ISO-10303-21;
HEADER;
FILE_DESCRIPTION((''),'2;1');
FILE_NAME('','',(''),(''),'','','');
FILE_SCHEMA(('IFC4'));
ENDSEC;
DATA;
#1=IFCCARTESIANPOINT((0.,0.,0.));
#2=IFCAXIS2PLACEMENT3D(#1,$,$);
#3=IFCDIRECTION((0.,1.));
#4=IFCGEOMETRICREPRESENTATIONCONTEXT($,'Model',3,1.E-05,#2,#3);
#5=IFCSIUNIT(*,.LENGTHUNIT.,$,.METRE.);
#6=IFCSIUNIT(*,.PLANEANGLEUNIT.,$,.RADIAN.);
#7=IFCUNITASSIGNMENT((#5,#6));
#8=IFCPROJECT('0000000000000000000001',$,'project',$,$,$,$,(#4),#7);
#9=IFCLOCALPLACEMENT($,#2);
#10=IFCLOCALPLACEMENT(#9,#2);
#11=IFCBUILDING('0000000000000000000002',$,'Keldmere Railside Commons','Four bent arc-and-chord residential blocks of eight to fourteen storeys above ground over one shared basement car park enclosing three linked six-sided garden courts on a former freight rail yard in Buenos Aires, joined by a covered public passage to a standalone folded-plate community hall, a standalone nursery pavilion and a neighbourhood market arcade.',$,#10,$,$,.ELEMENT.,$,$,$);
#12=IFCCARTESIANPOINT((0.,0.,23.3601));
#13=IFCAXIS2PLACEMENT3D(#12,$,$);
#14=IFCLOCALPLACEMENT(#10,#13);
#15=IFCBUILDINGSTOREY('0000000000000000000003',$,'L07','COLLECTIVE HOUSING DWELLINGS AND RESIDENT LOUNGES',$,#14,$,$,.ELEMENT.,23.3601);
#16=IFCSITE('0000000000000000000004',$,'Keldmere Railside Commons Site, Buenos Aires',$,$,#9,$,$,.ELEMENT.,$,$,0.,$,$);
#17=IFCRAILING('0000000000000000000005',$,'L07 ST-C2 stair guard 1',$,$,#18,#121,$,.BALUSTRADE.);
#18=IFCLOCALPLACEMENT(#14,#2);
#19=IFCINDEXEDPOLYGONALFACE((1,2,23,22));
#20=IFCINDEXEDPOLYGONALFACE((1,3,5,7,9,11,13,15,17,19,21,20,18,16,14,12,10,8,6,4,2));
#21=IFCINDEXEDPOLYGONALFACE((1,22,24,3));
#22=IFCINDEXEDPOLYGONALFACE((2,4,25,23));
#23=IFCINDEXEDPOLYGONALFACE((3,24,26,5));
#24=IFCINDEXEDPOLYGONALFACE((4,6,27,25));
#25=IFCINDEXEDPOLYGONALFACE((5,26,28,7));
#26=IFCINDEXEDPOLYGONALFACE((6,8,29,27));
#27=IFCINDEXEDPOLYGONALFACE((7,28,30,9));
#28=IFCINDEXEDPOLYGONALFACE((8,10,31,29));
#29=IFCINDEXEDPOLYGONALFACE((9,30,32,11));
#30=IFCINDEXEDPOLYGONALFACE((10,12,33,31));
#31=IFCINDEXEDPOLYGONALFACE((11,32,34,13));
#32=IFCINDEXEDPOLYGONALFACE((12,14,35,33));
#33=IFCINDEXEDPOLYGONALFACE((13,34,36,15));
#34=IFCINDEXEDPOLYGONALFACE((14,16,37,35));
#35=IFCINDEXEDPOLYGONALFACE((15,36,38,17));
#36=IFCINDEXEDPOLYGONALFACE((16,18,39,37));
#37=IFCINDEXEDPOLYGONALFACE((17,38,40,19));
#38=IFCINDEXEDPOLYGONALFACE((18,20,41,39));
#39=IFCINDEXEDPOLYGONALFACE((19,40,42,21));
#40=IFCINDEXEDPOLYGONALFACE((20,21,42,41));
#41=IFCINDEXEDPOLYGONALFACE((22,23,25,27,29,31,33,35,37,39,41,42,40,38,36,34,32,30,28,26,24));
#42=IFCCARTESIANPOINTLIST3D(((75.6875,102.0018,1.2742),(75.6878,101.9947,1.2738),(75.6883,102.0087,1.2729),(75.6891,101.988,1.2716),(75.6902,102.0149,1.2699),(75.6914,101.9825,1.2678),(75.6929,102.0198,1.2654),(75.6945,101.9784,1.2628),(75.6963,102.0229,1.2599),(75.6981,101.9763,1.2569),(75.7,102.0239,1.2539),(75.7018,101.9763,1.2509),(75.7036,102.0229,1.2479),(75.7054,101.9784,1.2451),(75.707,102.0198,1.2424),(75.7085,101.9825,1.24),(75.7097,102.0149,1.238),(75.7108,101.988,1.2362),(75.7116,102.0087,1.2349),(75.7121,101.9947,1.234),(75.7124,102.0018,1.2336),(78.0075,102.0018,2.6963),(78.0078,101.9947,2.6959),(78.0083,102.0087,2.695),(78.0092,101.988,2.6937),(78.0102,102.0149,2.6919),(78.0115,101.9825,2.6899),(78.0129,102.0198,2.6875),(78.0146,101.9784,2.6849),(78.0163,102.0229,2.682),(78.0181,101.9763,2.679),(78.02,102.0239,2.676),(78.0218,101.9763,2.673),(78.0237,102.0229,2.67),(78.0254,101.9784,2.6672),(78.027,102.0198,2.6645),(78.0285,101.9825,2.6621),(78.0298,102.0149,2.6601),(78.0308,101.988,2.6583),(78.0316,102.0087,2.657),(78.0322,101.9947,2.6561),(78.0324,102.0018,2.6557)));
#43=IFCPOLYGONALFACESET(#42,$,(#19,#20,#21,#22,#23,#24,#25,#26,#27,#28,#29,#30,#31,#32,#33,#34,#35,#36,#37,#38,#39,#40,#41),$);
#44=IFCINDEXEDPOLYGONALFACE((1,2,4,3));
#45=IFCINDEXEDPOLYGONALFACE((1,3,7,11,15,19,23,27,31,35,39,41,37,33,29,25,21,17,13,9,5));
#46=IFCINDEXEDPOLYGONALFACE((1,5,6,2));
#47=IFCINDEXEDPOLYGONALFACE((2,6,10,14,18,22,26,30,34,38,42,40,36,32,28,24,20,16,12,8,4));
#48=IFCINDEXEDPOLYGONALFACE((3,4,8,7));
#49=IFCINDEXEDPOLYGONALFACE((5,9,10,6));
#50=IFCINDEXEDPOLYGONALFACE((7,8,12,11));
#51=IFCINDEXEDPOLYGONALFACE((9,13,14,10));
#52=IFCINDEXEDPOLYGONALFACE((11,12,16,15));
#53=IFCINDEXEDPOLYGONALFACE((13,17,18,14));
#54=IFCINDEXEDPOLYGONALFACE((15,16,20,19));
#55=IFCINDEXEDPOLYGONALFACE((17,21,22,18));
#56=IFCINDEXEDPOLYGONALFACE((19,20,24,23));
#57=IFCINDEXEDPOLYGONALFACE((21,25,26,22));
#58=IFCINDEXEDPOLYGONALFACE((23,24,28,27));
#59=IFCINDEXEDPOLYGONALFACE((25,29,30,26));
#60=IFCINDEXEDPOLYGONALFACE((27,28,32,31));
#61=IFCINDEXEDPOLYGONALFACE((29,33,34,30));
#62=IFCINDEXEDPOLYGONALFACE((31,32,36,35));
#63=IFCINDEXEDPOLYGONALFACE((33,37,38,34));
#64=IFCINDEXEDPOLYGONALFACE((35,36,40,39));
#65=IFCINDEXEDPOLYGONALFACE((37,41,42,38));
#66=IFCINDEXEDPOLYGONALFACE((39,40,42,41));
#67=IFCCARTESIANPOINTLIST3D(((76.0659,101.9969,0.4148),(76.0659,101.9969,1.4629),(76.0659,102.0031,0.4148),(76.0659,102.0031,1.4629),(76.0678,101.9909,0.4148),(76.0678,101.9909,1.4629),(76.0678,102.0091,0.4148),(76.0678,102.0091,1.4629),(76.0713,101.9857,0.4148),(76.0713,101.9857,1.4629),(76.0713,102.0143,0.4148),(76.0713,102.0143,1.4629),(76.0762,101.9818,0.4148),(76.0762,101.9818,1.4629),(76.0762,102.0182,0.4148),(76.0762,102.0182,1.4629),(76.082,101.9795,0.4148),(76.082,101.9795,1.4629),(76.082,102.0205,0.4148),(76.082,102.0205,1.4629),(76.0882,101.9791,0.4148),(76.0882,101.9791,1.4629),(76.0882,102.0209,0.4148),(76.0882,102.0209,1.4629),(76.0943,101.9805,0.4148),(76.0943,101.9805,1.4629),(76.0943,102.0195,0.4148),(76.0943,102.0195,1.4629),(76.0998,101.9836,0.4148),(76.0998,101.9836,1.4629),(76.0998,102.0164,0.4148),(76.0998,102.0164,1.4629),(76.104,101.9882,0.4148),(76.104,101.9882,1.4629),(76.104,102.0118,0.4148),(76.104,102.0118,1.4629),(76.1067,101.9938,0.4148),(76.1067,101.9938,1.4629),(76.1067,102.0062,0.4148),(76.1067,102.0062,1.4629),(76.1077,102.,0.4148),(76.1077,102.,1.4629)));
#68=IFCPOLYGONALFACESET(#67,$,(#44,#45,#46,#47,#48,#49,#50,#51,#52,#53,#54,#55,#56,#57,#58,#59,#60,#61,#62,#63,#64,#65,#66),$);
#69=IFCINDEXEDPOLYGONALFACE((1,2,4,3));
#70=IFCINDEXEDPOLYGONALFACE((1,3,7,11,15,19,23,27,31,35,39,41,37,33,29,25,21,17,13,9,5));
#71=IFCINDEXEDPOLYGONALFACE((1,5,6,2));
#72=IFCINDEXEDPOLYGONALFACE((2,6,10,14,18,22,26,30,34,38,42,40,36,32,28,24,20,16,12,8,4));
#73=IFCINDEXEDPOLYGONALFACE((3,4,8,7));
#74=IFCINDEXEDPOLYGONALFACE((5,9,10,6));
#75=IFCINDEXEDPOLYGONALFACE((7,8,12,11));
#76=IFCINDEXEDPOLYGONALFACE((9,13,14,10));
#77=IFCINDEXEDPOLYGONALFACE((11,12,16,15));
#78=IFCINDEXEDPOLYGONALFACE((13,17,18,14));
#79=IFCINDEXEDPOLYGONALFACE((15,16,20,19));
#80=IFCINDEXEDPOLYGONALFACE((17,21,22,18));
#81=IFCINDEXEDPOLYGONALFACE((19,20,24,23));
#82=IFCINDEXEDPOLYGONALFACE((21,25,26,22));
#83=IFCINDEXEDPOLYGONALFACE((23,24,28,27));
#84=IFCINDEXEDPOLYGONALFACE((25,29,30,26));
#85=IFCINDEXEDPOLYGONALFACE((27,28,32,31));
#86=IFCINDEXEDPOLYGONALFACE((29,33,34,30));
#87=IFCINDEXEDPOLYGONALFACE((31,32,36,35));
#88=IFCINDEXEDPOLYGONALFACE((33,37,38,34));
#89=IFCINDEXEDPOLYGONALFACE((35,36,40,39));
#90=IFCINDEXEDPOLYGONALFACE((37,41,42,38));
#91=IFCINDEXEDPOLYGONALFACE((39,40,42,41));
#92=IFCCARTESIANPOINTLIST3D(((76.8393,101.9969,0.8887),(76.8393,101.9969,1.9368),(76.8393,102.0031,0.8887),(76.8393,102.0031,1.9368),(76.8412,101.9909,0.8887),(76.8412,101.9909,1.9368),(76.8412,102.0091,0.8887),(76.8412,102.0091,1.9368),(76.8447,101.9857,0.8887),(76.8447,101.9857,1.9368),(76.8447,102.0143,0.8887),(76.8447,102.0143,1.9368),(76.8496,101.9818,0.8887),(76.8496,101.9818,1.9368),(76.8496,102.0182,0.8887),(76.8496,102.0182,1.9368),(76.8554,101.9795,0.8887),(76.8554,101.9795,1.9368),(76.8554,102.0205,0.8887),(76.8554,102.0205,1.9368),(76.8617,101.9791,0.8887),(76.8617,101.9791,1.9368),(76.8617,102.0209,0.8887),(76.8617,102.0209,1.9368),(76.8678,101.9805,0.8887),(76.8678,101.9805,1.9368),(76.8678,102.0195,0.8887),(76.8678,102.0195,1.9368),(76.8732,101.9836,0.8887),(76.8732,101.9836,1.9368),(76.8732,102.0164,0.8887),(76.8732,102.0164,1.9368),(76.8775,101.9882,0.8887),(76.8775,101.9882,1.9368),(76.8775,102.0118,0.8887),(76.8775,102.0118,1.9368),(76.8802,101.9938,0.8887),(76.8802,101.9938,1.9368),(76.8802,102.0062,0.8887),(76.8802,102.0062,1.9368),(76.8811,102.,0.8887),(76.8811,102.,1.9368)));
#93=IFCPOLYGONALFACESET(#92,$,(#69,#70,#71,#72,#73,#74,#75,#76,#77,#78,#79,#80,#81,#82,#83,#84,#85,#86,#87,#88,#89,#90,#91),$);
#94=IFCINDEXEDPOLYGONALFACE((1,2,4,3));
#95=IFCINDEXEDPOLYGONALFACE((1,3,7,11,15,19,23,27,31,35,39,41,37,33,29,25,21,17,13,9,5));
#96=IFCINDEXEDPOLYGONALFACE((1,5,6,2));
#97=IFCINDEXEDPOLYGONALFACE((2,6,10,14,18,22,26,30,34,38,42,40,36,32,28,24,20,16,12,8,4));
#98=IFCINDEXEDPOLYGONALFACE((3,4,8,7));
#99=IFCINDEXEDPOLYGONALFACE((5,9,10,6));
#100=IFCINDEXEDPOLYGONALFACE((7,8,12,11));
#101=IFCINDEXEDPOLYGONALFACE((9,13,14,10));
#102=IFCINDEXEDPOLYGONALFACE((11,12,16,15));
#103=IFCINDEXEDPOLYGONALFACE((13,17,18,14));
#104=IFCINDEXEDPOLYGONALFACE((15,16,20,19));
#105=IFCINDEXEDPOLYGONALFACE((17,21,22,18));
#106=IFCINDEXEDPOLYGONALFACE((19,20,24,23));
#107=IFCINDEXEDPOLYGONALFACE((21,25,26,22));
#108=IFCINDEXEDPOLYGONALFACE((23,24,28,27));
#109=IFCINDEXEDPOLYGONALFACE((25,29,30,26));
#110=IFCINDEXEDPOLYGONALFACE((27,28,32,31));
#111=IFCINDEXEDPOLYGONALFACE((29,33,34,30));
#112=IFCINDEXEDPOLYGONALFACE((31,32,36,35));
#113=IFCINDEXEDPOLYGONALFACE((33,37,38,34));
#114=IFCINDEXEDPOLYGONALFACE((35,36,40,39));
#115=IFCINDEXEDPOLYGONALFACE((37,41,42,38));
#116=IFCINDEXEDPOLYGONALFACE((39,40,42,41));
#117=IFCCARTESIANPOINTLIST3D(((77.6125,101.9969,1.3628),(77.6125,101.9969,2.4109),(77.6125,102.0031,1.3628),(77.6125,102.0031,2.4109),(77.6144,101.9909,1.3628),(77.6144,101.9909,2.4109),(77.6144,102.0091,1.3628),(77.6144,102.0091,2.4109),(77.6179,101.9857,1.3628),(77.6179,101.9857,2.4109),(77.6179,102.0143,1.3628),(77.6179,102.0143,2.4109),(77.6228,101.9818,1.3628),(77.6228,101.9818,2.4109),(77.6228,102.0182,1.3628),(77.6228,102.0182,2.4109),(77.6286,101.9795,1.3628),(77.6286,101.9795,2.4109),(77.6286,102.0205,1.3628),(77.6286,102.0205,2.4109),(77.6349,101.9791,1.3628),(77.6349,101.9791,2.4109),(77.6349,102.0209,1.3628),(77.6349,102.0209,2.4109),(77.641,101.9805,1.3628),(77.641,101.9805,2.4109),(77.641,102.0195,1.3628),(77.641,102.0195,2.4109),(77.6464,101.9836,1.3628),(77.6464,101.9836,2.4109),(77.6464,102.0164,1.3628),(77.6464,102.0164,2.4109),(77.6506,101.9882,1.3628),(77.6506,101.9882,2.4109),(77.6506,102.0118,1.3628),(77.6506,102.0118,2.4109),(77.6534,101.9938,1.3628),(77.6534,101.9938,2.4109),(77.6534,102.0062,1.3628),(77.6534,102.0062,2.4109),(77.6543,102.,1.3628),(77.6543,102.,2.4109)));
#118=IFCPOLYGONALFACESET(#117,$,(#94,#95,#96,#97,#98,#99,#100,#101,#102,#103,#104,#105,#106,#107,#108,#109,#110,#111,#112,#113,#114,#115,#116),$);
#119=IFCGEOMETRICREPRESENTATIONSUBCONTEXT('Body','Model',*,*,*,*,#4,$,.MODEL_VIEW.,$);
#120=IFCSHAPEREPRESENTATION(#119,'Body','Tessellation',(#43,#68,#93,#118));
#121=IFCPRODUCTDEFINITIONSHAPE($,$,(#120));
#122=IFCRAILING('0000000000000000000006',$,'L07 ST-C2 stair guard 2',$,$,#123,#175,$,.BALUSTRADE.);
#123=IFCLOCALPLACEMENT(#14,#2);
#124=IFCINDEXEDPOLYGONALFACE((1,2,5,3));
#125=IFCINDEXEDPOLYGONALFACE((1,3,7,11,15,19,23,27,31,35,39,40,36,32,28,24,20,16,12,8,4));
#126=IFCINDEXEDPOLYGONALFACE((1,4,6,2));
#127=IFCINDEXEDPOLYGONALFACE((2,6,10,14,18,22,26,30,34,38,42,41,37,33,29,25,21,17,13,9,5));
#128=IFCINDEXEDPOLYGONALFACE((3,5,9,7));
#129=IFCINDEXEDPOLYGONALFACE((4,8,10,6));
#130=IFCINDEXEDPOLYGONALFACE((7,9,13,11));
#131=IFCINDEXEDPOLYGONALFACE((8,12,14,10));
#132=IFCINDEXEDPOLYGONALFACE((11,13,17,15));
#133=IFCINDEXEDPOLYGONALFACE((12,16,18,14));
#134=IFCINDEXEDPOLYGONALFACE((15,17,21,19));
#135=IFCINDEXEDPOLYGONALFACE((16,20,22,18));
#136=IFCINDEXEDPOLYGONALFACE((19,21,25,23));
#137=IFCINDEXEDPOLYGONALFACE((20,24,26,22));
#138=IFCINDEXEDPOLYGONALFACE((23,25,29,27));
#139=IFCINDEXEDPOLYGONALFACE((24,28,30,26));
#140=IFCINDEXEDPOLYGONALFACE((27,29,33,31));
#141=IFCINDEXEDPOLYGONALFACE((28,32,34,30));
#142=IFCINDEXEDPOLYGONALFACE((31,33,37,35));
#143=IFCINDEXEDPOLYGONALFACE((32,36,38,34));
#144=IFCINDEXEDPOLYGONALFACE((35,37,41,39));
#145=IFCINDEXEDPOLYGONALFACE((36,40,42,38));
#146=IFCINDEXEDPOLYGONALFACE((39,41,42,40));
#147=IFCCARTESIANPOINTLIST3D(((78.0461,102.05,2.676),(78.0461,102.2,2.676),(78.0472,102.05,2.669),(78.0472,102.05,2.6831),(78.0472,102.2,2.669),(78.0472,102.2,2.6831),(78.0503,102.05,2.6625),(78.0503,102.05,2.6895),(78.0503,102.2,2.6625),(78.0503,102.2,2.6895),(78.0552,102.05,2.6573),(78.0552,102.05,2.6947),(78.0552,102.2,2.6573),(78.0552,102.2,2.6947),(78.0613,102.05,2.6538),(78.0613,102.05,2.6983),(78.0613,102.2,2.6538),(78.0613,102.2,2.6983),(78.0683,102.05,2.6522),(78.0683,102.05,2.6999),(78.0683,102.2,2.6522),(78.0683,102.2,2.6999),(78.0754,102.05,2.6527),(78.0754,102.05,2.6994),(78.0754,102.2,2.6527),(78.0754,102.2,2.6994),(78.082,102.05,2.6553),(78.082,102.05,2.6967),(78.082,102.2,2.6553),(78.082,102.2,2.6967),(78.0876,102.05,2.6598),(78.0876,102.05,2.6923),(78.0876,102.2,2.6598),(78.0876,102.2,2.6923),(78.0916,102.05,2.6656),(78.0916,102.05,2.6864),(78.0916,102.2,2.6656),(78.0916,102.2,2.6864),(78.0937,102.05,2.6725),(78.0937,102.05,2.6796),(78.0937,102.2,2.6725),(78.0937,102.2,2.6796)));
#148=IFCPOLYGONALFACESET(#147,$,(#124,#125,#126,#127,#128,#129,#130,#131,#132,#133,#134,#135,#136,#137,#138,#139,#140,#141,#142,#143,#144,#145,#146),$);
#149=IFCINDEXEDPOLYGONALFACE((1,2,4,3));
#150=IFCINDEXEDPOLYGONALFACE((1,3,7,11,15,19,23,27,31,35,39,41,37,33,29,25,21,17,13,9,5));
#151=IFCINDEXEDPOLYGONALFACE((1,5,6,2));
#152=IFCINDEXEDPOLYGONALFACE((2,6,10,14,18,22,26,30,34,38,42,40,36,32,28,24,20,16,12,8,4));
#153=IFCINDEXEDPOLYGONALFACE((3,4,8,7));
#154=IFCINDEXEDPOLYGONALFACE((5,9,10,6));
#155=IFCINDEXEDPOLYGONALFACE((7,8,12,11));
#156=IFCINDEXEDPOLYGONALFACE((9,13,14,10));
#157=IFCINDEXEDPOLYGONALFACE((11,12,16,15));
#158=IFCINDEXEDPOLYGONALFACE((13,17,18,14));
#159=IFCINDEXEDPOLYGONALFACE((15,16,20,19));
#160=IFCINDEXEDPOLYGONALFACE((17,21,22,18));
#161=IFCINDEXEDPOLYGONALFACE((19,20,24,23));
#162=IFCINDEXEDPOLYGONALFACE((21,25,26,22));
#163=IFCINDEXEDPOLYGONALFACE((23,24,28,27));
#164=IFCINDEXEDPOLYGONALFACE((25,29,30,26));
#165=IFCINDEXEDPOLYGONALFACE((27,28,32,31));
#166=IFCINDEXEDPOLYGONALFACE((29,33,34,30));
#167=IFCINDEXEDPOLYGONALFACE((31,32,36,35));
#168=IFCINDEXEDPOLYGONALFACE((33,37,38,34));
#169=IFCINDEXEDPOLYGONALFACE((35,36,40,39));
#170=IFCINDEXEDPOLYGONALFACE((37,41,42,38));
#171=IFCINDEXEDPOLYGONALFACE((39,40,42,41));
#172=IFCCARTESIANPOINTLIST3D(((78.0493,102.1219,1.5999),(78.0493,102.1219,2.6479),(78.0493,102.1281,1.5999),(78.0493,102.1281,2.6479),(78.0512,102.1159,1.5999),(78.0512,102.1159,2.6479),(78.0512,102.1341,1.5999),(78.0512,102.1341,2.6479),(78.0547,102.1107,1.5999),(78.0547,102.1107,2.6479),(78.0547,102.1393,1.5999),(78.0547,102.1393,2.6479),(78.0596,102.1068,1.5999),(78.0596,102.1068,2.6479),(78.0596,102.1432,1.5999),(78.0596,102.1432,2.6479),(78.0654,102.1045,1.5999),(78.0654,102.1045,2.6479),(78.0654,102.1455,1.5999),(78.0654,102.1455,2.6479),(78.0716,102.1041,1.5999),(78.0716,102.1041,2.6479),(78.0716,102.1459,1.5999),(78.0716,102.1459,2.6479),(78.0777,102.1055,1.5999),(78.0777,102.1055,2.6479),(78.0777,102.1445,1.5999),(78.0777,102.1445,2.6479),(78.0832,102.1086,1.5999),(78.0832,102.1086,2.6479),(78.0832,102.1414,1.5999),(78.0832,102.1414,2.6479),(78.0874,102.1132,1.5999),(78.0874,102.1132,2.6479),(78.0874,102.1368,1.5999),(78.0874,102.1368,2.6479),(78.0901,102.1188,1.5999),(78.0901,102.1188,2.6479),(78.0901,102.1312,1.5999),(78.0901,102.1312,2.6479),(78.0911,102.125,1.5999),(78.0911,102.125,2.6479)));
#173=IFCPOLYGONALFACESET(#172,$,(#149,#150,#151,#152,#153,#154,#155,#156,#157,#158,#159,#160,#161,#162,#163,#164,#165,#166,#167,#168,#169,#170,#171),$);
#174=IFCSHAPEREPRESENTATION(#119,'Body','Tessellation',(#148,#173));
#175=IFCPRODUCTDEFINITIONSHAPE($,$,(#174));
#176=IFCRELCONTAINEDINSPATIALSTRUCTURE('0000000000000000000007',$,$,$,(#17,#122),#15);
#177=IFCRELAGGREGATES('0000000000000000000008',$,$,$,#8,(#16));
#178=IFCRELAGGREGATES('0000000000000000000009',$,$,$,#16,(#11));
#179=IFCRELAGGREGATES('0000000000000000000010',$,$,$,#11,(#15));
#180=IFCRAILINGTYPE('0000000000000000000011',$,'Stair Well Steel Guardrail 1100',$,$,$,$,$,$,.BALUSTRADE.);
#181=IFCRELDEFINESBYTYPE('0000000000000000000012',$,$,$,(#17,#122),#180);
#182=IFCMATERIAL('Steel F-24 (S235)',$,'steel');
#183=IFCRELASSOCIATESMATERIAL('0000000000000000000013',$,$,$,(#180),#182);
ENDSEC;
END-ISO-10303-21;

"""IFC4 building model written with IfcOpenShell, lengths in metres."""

from ifc_helpers import new_model, si_unit, direction, frame, origin, origin_2d, place, context, subcontext, project, spatial, circle, extrude, material, type_object, element, save


model = new_model("IFC4")

# Units and contexts
model_context = context("Model", 3, precision=1e-05, world=origin(), true_north=direction((0.0, 1.0)))
body_context = subcontext(model_context, "Body", "Model", "MODEL_VIEW")
ifc_project = project(units=[si_unit("LENGTHUNIT", "METRE"), si_unit("PLANEANGLEUNIT", "RADIAN")], contexts=[model_context])

# Site, building, storey
site_placement = place(None, origin())
site = spatial("IfcSite", under=ifc_project, at=site_placement, Name="Keldmere Railside Commons Site, Buenos Aires", CompositionType="ELEMENT", RefElevation=0.0)
building_placement = place(site_placement, origin())
building = spatial("IfcBuilding", under=site, at=building_placement, Name="Keldmere Railside Commons", Description="Four bent arc-and-chord residential blocks of eight to fourteen storeys above ground over one shared basement car park enclosing three linked six-sided garden courts on a former freight rail yard in Buenos Aires, joined by a covered public passage to a standalone folded-plate community hall, a standalone nursery pavilion and a neighbourhood market arcade.", CompositionType="ELEMENT")
storey_placement = place(building_placement, frame((0.0, 0.0, 23.3601)))
storey = spatial("IfcBuildingStorey", under=building, at=storey_placement, Name="L07", Description="COLLECTIVE HOUSING DWELLINGS AND RESIDENT LOUNGES", CompositionType="ELEMENT", Elevation=23.3601)

# Shared definitions
ifc_material_1 = material(Name="Steel F-24 (S235)", Category="steel")

# Railings
railing_type_1 = type_object("IfcRailingType", Name="Stair Well Steel Guardrail 1100", PredefinedType="BALUSTRADE", material=ifc_material_1)
railing_1_placement = place(storey_placement, frame((75.7, 102.0, 0.1777)))
element("IfcRailing", 1, at=railing_1_placement, inside=storey, type_object=railing_type_1, Name="L07 ST-C2 stair guard 1", PredefinedType="BALUSTRADE", context=body_context, shape_type="SweptSolid", body=[
    extrude(circle(Radius=0.0239, at=origin_2d()), frame((0.0, 0.0, 1.0762), z_axis=(0.852578, 0.0, 0.5226), x_axis=(0.0, 1.0, 0.0)), (0.0, 0.0, 1.0), 2.7212),
    extrude(circle(Radius=0.021, at=origin_2d()), frame((0.3867, 0.0, 0.2371)), (0.0, 0.0, 1.0), 1.0481),
    extrude(circle(Radius=0.021, at=origin_2d()), frame((1.1602, 0.0, 0.7109)), (0.0, 0.0, 1.0), 1.0481),
    extrude(circle(Radius=0.021, at=origin_2d()), frame((1.9333, 0.0, 1.1851)), (0.0, 0.0, 1.0), 1.0481),
])
railing_2_placement = place(storey_placement, frame((78.0701, 102.05, 1.5999)))
element("IfcRailing", 2, at=railing_2_placement, inside=storey, type_object=railing_type_1, Name="L07 ST-C2 stair guard 2", PredefinedType="BALUSTRADE", context=body_context, shape_type="SweptSolid", body=[
    extrude(circle(Radius=0.0239, at=origin_2d()), frame((0.0, 0.0, 1.0762), z_axis=(0.0, 1.0, 0.0), x_axis=(-1.0, 0.0, 0.0)), (0.0, 0.0, 1.0), 0.1499),
    extrude(circle(Radius=0.021, at=origin_2d()), frame((0.0, 0.075, 0.0)), (0.0, 0.0, 1.0), 1.0481),
])

save(model, "model.ifc")
